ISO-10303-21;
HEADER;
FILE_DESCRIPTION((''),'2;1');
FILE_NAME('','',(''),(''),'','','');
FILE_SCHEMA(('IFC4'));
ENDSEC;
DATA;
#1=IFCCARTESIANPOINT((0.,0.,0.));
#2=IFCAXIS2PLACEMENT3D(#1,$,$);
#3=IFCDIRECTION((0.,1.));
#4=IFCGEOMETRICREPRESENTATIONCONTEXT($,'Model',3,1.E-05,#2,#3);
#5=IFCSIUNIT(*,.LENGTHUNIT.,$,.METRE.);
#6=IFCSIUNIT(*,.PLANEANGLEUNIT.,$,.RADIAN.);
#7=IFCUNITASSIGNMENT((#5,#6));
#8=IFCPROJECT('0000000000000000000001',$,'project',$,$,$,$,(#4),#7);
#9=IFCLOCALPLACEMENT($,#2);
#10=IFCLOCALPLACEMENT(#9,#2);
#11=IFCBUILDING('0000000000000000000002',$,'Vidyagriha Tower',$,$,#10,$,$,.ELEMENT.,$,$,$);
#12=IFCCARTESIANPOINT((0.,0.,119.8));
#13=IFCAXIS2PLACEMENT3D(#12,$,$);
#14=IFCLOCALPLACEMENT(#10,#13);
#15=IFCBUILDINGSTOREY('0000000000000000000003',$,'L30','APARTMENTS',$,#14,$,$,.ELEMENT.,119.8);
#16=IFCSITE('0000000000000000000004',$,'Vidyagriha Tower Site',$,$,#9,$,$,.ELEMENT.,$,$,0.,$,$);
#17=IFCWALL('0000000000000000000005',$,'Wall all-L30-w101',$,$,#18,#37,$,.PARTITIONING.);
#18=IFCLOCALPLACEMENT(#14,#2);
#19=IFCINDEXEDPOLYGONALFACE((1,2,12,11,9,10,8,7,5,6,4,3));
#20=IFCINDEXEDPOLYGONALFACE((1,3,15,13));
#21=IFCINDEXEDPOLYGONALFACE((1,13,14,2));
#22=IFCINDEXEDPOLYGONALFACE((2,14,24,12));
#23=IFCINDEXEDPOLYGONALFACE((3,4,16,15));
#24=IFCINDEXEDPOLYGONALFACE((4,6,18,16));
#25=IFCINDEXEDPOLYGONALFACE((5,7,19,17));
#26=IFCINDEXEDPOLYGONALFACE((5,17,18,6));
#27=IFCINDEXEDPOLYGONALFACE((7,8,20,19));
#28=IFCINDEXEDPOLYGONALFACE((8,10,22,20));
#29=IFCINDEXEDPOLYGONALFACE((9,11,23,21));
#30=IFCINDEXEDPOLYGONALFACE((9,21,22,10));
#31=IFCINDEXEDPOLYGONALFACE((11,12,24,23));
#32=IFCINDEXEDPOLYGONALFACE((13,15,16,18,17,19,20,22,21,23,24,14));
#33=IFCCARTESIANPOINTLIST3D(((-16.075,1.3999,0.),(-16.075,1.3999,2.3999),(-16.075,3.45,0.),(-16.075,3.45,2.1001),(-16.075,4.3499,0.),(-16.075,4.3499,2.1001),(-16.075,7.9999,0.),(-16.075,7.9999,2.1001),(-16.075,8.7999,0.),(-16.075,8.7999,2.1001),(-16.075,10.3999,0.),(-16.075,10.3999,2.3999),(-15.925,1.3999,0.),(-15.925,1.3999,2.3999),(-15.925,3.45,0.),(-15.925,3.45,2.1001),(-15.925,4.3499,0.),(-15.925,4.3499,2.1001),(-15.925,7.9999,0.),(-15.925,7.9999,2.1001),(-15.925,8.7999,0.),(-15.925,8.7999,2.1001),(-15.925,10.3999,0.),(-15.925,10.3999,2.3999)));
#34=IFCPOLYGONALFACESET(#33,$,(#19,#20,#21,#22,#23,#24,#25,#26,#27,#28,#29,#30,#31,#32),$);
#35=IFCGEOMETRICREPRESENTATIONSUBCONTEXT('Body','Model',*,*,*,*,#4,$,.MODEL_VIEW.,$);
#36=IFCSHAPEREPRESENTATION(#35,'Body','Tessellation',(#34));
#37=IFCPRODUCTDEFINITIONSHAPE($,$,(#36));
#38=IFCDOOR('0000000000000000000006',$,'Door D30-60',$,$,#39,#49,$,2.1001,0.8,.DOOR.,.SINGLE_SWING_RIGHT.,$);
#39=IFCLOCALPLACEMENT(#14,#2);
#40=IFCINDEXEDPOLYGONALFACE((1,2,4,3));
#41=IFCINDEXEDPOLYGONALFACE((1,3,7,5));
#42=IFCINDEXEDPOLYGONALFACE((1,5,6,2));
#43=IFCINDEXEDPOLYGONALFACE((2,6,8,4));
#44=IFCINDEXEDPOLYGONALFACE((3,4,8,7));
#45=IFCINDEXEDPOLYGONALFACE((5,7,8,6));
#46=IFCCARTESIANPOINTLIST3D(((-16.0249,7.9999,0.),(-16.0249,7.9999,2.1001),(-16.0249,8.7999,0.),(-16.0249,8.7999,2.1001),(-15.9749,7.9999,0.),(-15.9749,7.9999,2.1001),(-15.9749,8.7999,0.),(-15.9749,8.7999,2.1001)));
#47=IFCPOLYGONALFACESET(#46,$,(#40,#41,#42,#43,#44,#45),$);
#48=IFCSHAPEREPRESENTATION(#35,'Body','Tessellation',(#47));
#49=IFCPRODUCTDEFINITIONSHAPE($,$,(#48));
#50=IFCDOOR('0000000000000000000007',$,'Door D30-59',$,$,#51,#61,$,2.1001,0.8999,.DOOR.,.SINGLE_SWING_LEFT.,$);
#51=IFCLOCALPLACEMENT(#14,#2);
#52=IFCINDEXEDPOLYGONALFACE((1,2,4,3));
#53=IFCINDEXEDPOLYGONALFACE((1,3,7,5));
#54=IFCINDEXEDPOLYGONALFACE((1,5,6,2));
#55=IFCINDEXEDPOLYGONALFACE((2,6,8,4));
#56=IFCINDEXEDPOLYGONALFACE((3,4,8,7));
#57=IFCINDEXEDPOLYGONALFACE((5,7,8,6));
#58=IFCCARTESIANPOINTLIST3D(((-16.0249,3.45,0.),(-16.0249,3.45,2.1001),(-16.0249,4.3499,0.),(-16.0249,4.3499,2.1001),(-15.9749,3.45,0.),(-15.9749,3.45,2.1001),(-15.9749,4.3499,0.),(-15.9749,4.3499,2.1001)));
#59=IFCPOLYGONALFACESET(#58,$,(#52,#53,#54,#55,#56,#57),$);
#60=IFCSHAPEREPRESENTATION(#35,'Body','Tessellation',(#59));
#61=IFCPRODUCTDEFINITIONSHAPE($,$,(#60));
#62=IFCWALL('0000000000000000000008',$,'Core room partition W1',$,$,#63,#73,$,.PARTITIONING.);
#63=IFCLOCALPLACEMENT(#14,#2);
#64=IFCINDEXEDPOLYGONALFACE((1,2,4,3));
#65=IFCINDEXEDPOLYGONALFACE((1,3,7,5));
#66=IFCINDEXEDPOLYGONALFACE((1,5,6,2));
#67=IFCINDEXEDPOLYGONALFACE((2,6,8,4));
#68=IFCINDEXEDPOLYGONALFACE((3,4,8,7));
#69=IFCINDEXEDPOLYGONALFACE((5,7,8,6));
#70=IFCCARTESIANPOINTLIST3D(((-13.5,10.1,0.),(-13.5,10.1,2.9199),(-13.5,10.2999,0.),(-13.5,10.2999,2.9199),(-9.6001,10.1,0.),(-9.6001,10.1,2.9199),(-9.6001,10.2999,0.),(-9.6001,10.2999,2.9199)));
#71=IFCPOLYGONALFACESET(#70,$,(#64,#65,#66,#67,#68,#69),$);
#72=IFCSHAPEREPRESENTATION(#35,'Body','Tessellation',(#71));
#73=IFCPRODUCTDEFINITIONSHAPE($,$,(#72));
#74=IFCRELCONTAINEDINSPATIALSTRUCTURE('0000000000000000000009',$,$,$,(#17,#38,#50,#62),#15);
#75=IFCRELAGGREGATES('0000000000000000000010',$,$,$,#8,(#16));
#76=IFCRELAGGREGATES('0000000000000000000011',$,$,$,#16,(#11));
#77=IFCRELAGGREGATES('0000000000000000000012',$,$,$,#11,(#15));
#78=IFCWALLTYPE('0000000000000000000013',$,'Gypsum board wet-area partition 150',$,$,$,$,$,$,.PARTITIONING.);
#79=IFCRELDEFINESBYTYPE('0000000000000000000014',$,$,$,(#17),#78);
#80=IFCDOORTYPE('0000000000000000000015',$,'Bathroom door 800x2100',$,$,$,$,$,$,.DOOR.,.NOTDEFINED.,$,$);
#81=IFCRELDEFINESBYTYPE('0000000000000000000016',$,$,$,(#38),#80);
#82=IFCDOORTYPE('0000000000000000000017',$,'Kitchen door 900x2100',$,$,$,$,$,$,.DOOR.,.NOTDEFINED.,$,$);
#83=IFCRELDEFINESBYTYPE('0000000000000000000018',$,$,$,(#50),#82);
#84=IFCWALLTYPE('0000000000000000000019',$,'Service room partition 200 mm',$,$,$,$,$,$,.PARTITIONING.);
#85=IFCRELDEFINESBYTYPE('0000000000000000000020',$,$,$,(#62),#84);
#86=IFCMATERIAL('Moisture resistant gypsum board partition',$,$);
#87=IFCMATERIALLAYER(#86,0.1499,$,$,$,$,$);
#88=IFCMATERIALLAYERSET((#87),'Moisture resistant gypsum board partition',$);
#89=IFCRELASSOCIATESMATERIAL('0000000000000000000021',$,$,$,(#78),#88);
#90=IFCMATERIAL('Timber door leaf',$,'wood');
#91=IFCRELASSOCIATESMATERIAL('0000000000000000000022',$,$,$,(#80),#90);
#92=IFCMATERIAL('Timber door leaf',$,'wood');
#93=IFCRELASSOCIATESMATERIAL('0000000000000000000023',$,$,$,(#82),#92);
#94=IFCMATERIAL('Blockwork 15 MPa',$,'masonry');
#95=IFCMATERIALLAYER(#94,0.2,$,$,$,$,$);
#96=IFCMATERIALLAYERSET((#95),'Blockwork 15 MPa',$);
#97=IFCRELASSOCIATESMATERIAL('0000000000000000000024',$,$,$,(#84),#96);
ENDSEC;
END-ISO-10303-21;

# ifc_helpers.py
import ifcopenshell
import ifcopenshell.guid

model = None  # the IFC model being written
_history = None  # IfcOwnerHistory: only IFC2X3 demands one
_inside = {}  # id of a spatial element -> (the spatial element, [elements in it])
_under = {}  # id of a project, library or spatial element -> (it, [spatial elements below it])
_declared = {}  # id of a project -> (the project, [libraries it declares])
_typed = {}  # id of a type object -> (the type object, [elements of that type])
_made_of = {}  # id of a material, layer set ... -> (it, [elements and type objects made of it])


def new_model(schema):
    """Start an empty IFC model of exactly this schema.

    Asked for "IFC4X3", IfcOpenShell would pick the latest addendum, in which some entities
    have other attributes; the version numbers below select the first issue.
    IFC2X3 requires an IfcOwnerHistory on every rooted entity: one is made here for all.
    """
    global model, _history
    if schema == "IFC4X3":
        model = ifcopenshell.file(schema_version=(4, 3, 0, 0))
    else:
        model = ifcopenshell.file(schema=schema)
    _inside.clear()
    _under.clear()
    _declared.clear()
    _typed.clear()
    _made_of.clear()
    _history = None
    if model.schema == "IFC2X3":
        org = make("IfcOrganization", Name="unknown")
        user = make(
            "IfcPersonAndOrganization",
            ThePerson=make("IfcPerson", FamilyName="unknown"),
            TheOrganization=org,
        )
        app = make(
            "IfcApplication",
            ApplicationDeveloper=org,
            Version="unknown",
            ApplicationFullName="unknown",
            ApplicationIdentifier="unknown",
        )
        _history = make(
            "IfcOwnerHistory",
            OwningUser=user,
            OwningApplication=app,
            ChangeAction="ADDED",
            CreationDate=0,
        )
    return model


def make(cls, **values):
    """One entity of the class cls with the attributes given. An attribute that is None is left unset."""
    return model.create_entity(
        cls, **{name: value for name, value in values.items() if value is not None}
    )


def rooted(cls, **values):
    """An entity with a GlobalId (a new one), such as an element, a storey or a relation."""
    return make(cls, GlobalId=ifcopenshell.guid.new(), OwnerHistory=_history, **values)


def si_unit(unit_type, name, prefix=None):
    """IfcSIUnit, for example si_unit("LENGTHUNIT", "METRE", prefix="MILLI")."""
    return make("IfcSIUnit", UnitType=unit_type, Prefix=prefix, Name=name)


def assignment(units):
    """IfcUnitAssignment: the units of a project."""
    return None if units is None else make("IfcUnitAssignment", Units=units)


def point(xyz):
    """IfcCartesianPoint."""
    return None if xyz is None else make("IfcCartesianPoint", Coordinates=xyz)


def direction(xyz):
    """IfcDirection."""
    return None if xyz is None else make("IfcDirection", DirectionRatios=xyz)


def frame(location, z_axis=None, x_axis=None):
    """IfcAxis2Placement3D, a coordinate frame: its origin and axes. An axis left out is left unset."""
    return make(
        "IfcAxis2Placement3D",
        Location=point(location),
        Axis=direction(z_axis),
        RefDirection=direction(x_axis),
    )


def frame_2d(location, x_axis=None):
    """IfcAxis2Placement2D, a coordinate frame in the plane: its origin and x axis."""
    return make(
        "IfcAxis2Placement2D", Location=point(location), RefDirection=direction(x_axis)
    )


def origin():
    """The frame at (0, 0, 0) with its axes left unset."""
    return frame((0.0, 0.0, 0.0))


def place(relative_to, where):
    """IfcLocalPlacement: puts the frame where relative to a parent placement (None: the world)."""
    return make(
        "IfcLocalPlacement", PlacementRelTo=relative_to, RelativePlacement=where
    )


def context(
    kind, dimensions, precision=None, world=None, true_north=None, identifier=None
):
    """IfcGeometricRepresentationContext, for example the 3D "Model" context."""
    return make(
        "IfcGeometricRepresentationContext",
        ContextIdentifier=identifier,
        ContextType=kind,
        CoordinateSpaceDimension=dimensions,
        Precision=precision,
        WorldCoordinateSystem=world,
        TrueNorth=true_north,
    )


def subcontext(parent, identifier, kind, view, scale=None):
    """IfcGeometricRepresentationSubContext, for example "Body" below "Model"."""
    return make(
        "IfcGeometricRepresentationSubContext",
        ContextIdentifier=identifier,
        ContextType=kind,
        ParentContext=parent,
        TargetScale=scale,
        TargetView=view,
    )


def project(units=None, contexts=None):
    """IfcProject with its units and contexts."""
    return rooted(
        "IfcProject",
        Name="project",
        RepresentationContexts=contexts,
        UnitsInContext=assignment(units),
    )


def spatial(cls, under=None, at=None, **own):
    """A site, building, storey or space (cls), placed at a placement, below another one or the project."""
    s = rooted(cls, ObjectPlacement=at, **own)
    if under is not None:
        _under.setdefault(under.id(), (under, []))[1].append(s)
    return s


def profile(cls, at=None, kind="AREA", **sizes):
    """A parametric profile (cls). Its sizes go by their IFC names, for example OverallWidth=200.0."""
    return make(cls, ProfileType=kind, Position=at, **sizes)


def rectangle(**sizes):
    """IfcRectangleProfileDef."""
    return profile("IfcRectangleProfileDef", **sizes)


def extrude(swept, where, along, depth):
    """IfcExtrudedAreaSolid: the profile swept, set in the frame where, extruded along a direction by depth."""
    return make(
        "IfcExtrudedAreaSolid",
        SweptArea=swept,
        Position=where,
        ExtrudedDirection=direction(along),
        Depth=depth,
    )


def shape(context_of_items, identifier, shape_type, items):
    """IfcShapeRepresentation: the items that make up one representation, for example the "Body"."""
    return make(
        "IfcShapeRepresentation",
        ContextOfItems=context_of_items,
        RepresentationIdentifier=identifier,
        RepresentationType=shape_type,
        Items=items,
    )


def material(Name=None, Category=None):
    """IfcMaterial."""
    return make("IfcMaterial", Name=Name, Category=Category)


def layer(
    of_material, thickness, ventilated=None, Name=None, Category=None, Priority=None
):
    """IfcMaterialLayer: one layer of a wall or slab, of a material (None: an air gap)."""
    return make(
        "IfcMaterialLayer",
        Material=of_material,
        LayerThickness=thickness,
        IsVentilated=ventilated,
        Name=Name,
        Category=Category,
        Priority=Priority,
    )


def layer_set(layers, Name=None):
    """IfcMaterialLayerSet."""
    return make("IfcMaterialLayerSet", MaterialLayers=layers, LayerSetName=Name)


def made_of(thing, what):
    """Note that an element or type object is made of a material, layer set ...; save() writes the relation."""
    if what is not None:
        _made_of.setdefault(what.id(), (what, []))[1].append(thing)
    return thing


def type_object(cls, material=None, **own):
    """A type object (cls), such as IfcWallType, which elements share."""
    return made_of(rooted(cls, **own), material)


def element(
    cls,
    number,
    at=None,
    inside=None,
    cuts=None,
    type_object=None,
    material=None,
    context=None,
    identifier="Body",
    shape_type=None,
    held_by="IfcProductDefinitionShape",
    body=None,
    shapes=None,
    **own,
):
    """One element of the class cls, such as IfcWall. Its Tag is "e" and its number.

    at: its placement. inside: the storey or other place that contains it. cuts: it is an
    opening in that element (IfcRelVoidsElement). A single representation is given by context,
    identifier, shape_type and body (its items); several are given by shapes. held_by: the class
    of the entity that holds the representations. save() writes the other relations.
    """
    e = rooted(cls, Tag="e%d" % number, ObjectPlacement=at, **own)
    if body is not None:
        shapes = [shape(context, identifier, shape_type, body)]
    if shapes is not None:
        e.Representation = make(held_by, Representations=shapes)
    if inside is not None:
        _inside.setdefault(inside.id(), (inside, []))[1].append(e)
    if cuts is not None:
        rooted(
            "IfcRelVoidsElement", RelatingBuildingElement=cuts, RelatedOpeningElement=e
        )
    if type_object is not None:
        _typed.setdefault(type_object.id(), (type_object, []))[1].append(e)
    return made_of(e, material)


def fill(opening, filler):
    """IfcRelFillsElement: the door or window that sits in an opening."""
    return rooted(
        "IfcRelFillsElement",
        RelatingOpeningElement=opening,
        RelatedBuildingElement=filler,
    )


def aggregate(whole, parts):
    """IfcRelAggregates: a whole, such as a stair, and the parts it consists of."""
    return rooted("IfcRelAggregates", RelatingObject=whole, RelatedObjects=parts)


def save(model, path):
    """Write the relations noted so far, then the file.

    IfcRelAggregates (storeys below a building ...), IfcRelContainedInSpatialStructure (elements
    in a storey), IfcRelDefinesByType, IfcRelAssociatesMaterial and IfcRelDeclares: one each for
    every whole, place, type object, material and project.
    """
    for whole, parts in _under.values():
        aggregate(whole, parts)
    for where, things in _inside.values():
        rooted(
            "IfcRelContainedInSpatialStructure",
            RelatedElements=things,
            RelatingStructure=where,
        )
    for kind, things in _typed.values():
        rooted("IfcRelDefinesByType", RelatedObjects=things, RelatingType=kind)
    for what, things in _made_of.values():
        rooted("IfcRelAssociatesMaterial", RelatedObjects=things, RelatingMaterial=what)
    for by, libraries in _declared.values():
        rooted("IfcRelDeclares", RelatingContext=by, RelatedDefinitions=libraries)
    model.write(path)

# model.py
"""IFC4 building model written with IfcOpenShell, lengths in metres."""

from ifc_helpers import new_model, si_unit, direction, frame, frame_2d, origin, place, context, subcontext, project, spatial, rectangle, extrude, material, layer, layer_set, type_object, element, fill, save


model = new_model("IFC4")

# Units and contexts
model_context = context("Model", 3, precision=1e-05, world=origin(), true_north=direction((0.0, 1.0)))
body_context = subcontext(model_context, "Body", "Model", "MODEL_VIEW")
ifc_project = project(units=[si_unit("LENGTHUNIT", "METRE"), si_unit("PLANEANGLEUNIT", "RADIAN")], contexts=[model_context])

# Site, building, storey
site_placement = place(None, origin())
site = spatial("IfcSite", under=ifc_project, at=site_placement, Name="Vidyagriha Tower Site", CompositionType="ELEMENT", RefElevation=0.0)
building_placement = place(site_placement, origin())
building = spatial("IfcBuilding", under=site, at=building_placement, Name="Vidyagriha Tower", CompositionType="ELEMENT")
storey_placement = place(building_placement, frame((0.0, 0.0, 119.8)))
storey = spatial("IfcBuildingStorey", under=building, at=storey_placement, Name="L30", Description="APARTMENTS", CompositionType="ELEMENT", Elevation=119.8)

# Wall, openings, doors
ifc_material_1 = material(Name="Moisture resistant gypsum board partition")
ifc_layer_1 = layer(ifc_material_1, 0.1499)
ifc_layer_set_1 = layer_set([ifc_layer_1], Name="Moisture resistant gypsum board partition")
wall_type_1 = type_object("IfcWallType", Name="Gypsum board wet-area partition 150", PredefinedType="PARTITIONING", material=ifc_layer_set_1)
wall_1_placement = place(storey_placement, frame((-16.0, 1.3999, 0.0), z_axis=(0.0, 0.0, 1.0), x_axis=(0.0, 1.0, 0.0)))
wall_1 = element("IfcWall", 1, at=wall_1_placement, inside=storey, type_object=wall_type_1, Name="Wall all-L30-w101", PredefinedType="PARTITIONING", context=body_context, shape_type="SweptSolid", body=[
    extrude(rectangle(XDim=9.0, YDim=0.1499, at=frame_2d((4.5, 0.0))), origin(), (0.0, 0.0, 1.0), 2.3999),
])
opening_1_placement = place(wall_1_placement, frame((2.05, 0.0, 0.0)))
opening_1 = element("IfcOpeningElement", 2, at=opening_1_placement, cuts=wall_1, PredefinedType="OPENING", context=body_context, shape_type="SweptSolid", body=[
    extrude(rectangle(XDim=0.8999, YDim=2.1001, at=frame_2d((0.45, 1.05))), frame((0.0, 0.085, 0.0), z_axis=(0.0, -1.0, 0.0), x_axis=(1.0, 0.0, 0.0)), (0.0, 0.0, 1.0), 0.1699),
])
opening_2_placement = place(wall_1_placement, frame((6.6001, 0.0, 0.0)))
opening_2 = element("IfcOpeningElement", 3, at=opening_2_placement, cuts=wall_1, PredefinedType="OPENING", context=body_context, shape_type="SweptSolid", body=[
    extrude(rectangle(XDim=0.8, YDim=2.1001, at=frame_2d((0.3999, 1.05))), frame((0.0, 0.085, 0.0), z_axis=(0.0, -1.0, 0.0), x_axis=(1.0, 0.0, 0.0)), (0.0, 0.0, 1.0), 0.1699),
])
ifc_material_2 = material(Name="Timber door leaf", Category="wood")
door_type_1 = type_object("IfcDoorType", Name="Bathroom door 800x2100", OperationType="NOTDEFINED", PredefinedType="DOOR", material=ifc_material_2)
door_1_placement = place(opening_2_placement, origin())
door_1 = element("IfcDoor", 4, at=door_1_placement, inside=storey, type_object=door_type_1, Name="Door D30-60", OperationType="SINGLE_SWING_RIGHT", OverallHeight=2.1001, OverallWidth=0.8, PredefinedType="DOOR", context=body_context, shape_type="SweptSolid", body=[
    extrude(rectangle(XDim=0.8, YDim=2.1001, at=frame_2d((0.3999, 1.05))), frame((0.0, 0.0249, 0.0), z_axis=(0.0, -1.0, 0.0), x_axis=(1.0, 0.0, 0.0)), (0.0, 0.0, 1.0), 0.05),
])
fill(opening_2, door_1)
ifc_material_3 = material(Name="Timber door leaf", Category="wood")
door_type_2 = type_object("IfcDoorType", Name="Kitchen door 900x2100", OperationType="NOTDEFINED", PredefinedType="DOOR", material=ifc_material_3)
door_2_placement = place(opening_1_placement, origin())
door_2 = element("IfcDoor", 5, at=door_2_placement, inside=storey, type_object=door_type_2, Name="Door D30-59", OperationType="SINGLE_SWING_LEFT", OverallHeight=2.1001, OverallWidth=0.8999, PredefinedType="DOOR", context=body_context, shape_type="SweptSolid", body=[
    extrude(rectangle(XDim=0.8999, YDim=2.1001, at=frame_2d((0.45, 1.05))), frame((0.0, 0.0249, 0.0), z_axis=(0.0, -1.0, 0.0), x_axis=(1.0, 0.0, 0.0)), (0.0, 0.0, 1.0), 0.05),
])
fill(opening_1, door_2)

# Wall
ifc_material_4 = material(Name="Blockwork 15 MPa", Category="masonry")
ifc_layer_2 = layer(ifc_material_4, 0.2)
ifc_layer_set_2 = layer_set([ifc_layer_2], Name="Blockwork 15 MPa")
wall_type_2 = type_object("IfcWallType", Name="Service room partition 200 mm", PredefinedType="PARTITIONING", material=ifc_layer_set_2)
wall_2_placement = place(storey_placement, frame((-13.5, 10.2, 0.0)))
element("IfcWall", 6, at=wall_2_placement, inside=storey, type_object=wall_type_2, Name="Core room partition W1", PredefinedType="PARTITIONING", context=body_context, shape_type="SweptSolid", body=[
    extrude(rectangle(XDim=3.8999, YDim=0.2, at=frame_2d((1.95, 0.0))), origin(), (0.0, 0.0, 1.0), 2.9199),
])

save(model, "model.ifc")
